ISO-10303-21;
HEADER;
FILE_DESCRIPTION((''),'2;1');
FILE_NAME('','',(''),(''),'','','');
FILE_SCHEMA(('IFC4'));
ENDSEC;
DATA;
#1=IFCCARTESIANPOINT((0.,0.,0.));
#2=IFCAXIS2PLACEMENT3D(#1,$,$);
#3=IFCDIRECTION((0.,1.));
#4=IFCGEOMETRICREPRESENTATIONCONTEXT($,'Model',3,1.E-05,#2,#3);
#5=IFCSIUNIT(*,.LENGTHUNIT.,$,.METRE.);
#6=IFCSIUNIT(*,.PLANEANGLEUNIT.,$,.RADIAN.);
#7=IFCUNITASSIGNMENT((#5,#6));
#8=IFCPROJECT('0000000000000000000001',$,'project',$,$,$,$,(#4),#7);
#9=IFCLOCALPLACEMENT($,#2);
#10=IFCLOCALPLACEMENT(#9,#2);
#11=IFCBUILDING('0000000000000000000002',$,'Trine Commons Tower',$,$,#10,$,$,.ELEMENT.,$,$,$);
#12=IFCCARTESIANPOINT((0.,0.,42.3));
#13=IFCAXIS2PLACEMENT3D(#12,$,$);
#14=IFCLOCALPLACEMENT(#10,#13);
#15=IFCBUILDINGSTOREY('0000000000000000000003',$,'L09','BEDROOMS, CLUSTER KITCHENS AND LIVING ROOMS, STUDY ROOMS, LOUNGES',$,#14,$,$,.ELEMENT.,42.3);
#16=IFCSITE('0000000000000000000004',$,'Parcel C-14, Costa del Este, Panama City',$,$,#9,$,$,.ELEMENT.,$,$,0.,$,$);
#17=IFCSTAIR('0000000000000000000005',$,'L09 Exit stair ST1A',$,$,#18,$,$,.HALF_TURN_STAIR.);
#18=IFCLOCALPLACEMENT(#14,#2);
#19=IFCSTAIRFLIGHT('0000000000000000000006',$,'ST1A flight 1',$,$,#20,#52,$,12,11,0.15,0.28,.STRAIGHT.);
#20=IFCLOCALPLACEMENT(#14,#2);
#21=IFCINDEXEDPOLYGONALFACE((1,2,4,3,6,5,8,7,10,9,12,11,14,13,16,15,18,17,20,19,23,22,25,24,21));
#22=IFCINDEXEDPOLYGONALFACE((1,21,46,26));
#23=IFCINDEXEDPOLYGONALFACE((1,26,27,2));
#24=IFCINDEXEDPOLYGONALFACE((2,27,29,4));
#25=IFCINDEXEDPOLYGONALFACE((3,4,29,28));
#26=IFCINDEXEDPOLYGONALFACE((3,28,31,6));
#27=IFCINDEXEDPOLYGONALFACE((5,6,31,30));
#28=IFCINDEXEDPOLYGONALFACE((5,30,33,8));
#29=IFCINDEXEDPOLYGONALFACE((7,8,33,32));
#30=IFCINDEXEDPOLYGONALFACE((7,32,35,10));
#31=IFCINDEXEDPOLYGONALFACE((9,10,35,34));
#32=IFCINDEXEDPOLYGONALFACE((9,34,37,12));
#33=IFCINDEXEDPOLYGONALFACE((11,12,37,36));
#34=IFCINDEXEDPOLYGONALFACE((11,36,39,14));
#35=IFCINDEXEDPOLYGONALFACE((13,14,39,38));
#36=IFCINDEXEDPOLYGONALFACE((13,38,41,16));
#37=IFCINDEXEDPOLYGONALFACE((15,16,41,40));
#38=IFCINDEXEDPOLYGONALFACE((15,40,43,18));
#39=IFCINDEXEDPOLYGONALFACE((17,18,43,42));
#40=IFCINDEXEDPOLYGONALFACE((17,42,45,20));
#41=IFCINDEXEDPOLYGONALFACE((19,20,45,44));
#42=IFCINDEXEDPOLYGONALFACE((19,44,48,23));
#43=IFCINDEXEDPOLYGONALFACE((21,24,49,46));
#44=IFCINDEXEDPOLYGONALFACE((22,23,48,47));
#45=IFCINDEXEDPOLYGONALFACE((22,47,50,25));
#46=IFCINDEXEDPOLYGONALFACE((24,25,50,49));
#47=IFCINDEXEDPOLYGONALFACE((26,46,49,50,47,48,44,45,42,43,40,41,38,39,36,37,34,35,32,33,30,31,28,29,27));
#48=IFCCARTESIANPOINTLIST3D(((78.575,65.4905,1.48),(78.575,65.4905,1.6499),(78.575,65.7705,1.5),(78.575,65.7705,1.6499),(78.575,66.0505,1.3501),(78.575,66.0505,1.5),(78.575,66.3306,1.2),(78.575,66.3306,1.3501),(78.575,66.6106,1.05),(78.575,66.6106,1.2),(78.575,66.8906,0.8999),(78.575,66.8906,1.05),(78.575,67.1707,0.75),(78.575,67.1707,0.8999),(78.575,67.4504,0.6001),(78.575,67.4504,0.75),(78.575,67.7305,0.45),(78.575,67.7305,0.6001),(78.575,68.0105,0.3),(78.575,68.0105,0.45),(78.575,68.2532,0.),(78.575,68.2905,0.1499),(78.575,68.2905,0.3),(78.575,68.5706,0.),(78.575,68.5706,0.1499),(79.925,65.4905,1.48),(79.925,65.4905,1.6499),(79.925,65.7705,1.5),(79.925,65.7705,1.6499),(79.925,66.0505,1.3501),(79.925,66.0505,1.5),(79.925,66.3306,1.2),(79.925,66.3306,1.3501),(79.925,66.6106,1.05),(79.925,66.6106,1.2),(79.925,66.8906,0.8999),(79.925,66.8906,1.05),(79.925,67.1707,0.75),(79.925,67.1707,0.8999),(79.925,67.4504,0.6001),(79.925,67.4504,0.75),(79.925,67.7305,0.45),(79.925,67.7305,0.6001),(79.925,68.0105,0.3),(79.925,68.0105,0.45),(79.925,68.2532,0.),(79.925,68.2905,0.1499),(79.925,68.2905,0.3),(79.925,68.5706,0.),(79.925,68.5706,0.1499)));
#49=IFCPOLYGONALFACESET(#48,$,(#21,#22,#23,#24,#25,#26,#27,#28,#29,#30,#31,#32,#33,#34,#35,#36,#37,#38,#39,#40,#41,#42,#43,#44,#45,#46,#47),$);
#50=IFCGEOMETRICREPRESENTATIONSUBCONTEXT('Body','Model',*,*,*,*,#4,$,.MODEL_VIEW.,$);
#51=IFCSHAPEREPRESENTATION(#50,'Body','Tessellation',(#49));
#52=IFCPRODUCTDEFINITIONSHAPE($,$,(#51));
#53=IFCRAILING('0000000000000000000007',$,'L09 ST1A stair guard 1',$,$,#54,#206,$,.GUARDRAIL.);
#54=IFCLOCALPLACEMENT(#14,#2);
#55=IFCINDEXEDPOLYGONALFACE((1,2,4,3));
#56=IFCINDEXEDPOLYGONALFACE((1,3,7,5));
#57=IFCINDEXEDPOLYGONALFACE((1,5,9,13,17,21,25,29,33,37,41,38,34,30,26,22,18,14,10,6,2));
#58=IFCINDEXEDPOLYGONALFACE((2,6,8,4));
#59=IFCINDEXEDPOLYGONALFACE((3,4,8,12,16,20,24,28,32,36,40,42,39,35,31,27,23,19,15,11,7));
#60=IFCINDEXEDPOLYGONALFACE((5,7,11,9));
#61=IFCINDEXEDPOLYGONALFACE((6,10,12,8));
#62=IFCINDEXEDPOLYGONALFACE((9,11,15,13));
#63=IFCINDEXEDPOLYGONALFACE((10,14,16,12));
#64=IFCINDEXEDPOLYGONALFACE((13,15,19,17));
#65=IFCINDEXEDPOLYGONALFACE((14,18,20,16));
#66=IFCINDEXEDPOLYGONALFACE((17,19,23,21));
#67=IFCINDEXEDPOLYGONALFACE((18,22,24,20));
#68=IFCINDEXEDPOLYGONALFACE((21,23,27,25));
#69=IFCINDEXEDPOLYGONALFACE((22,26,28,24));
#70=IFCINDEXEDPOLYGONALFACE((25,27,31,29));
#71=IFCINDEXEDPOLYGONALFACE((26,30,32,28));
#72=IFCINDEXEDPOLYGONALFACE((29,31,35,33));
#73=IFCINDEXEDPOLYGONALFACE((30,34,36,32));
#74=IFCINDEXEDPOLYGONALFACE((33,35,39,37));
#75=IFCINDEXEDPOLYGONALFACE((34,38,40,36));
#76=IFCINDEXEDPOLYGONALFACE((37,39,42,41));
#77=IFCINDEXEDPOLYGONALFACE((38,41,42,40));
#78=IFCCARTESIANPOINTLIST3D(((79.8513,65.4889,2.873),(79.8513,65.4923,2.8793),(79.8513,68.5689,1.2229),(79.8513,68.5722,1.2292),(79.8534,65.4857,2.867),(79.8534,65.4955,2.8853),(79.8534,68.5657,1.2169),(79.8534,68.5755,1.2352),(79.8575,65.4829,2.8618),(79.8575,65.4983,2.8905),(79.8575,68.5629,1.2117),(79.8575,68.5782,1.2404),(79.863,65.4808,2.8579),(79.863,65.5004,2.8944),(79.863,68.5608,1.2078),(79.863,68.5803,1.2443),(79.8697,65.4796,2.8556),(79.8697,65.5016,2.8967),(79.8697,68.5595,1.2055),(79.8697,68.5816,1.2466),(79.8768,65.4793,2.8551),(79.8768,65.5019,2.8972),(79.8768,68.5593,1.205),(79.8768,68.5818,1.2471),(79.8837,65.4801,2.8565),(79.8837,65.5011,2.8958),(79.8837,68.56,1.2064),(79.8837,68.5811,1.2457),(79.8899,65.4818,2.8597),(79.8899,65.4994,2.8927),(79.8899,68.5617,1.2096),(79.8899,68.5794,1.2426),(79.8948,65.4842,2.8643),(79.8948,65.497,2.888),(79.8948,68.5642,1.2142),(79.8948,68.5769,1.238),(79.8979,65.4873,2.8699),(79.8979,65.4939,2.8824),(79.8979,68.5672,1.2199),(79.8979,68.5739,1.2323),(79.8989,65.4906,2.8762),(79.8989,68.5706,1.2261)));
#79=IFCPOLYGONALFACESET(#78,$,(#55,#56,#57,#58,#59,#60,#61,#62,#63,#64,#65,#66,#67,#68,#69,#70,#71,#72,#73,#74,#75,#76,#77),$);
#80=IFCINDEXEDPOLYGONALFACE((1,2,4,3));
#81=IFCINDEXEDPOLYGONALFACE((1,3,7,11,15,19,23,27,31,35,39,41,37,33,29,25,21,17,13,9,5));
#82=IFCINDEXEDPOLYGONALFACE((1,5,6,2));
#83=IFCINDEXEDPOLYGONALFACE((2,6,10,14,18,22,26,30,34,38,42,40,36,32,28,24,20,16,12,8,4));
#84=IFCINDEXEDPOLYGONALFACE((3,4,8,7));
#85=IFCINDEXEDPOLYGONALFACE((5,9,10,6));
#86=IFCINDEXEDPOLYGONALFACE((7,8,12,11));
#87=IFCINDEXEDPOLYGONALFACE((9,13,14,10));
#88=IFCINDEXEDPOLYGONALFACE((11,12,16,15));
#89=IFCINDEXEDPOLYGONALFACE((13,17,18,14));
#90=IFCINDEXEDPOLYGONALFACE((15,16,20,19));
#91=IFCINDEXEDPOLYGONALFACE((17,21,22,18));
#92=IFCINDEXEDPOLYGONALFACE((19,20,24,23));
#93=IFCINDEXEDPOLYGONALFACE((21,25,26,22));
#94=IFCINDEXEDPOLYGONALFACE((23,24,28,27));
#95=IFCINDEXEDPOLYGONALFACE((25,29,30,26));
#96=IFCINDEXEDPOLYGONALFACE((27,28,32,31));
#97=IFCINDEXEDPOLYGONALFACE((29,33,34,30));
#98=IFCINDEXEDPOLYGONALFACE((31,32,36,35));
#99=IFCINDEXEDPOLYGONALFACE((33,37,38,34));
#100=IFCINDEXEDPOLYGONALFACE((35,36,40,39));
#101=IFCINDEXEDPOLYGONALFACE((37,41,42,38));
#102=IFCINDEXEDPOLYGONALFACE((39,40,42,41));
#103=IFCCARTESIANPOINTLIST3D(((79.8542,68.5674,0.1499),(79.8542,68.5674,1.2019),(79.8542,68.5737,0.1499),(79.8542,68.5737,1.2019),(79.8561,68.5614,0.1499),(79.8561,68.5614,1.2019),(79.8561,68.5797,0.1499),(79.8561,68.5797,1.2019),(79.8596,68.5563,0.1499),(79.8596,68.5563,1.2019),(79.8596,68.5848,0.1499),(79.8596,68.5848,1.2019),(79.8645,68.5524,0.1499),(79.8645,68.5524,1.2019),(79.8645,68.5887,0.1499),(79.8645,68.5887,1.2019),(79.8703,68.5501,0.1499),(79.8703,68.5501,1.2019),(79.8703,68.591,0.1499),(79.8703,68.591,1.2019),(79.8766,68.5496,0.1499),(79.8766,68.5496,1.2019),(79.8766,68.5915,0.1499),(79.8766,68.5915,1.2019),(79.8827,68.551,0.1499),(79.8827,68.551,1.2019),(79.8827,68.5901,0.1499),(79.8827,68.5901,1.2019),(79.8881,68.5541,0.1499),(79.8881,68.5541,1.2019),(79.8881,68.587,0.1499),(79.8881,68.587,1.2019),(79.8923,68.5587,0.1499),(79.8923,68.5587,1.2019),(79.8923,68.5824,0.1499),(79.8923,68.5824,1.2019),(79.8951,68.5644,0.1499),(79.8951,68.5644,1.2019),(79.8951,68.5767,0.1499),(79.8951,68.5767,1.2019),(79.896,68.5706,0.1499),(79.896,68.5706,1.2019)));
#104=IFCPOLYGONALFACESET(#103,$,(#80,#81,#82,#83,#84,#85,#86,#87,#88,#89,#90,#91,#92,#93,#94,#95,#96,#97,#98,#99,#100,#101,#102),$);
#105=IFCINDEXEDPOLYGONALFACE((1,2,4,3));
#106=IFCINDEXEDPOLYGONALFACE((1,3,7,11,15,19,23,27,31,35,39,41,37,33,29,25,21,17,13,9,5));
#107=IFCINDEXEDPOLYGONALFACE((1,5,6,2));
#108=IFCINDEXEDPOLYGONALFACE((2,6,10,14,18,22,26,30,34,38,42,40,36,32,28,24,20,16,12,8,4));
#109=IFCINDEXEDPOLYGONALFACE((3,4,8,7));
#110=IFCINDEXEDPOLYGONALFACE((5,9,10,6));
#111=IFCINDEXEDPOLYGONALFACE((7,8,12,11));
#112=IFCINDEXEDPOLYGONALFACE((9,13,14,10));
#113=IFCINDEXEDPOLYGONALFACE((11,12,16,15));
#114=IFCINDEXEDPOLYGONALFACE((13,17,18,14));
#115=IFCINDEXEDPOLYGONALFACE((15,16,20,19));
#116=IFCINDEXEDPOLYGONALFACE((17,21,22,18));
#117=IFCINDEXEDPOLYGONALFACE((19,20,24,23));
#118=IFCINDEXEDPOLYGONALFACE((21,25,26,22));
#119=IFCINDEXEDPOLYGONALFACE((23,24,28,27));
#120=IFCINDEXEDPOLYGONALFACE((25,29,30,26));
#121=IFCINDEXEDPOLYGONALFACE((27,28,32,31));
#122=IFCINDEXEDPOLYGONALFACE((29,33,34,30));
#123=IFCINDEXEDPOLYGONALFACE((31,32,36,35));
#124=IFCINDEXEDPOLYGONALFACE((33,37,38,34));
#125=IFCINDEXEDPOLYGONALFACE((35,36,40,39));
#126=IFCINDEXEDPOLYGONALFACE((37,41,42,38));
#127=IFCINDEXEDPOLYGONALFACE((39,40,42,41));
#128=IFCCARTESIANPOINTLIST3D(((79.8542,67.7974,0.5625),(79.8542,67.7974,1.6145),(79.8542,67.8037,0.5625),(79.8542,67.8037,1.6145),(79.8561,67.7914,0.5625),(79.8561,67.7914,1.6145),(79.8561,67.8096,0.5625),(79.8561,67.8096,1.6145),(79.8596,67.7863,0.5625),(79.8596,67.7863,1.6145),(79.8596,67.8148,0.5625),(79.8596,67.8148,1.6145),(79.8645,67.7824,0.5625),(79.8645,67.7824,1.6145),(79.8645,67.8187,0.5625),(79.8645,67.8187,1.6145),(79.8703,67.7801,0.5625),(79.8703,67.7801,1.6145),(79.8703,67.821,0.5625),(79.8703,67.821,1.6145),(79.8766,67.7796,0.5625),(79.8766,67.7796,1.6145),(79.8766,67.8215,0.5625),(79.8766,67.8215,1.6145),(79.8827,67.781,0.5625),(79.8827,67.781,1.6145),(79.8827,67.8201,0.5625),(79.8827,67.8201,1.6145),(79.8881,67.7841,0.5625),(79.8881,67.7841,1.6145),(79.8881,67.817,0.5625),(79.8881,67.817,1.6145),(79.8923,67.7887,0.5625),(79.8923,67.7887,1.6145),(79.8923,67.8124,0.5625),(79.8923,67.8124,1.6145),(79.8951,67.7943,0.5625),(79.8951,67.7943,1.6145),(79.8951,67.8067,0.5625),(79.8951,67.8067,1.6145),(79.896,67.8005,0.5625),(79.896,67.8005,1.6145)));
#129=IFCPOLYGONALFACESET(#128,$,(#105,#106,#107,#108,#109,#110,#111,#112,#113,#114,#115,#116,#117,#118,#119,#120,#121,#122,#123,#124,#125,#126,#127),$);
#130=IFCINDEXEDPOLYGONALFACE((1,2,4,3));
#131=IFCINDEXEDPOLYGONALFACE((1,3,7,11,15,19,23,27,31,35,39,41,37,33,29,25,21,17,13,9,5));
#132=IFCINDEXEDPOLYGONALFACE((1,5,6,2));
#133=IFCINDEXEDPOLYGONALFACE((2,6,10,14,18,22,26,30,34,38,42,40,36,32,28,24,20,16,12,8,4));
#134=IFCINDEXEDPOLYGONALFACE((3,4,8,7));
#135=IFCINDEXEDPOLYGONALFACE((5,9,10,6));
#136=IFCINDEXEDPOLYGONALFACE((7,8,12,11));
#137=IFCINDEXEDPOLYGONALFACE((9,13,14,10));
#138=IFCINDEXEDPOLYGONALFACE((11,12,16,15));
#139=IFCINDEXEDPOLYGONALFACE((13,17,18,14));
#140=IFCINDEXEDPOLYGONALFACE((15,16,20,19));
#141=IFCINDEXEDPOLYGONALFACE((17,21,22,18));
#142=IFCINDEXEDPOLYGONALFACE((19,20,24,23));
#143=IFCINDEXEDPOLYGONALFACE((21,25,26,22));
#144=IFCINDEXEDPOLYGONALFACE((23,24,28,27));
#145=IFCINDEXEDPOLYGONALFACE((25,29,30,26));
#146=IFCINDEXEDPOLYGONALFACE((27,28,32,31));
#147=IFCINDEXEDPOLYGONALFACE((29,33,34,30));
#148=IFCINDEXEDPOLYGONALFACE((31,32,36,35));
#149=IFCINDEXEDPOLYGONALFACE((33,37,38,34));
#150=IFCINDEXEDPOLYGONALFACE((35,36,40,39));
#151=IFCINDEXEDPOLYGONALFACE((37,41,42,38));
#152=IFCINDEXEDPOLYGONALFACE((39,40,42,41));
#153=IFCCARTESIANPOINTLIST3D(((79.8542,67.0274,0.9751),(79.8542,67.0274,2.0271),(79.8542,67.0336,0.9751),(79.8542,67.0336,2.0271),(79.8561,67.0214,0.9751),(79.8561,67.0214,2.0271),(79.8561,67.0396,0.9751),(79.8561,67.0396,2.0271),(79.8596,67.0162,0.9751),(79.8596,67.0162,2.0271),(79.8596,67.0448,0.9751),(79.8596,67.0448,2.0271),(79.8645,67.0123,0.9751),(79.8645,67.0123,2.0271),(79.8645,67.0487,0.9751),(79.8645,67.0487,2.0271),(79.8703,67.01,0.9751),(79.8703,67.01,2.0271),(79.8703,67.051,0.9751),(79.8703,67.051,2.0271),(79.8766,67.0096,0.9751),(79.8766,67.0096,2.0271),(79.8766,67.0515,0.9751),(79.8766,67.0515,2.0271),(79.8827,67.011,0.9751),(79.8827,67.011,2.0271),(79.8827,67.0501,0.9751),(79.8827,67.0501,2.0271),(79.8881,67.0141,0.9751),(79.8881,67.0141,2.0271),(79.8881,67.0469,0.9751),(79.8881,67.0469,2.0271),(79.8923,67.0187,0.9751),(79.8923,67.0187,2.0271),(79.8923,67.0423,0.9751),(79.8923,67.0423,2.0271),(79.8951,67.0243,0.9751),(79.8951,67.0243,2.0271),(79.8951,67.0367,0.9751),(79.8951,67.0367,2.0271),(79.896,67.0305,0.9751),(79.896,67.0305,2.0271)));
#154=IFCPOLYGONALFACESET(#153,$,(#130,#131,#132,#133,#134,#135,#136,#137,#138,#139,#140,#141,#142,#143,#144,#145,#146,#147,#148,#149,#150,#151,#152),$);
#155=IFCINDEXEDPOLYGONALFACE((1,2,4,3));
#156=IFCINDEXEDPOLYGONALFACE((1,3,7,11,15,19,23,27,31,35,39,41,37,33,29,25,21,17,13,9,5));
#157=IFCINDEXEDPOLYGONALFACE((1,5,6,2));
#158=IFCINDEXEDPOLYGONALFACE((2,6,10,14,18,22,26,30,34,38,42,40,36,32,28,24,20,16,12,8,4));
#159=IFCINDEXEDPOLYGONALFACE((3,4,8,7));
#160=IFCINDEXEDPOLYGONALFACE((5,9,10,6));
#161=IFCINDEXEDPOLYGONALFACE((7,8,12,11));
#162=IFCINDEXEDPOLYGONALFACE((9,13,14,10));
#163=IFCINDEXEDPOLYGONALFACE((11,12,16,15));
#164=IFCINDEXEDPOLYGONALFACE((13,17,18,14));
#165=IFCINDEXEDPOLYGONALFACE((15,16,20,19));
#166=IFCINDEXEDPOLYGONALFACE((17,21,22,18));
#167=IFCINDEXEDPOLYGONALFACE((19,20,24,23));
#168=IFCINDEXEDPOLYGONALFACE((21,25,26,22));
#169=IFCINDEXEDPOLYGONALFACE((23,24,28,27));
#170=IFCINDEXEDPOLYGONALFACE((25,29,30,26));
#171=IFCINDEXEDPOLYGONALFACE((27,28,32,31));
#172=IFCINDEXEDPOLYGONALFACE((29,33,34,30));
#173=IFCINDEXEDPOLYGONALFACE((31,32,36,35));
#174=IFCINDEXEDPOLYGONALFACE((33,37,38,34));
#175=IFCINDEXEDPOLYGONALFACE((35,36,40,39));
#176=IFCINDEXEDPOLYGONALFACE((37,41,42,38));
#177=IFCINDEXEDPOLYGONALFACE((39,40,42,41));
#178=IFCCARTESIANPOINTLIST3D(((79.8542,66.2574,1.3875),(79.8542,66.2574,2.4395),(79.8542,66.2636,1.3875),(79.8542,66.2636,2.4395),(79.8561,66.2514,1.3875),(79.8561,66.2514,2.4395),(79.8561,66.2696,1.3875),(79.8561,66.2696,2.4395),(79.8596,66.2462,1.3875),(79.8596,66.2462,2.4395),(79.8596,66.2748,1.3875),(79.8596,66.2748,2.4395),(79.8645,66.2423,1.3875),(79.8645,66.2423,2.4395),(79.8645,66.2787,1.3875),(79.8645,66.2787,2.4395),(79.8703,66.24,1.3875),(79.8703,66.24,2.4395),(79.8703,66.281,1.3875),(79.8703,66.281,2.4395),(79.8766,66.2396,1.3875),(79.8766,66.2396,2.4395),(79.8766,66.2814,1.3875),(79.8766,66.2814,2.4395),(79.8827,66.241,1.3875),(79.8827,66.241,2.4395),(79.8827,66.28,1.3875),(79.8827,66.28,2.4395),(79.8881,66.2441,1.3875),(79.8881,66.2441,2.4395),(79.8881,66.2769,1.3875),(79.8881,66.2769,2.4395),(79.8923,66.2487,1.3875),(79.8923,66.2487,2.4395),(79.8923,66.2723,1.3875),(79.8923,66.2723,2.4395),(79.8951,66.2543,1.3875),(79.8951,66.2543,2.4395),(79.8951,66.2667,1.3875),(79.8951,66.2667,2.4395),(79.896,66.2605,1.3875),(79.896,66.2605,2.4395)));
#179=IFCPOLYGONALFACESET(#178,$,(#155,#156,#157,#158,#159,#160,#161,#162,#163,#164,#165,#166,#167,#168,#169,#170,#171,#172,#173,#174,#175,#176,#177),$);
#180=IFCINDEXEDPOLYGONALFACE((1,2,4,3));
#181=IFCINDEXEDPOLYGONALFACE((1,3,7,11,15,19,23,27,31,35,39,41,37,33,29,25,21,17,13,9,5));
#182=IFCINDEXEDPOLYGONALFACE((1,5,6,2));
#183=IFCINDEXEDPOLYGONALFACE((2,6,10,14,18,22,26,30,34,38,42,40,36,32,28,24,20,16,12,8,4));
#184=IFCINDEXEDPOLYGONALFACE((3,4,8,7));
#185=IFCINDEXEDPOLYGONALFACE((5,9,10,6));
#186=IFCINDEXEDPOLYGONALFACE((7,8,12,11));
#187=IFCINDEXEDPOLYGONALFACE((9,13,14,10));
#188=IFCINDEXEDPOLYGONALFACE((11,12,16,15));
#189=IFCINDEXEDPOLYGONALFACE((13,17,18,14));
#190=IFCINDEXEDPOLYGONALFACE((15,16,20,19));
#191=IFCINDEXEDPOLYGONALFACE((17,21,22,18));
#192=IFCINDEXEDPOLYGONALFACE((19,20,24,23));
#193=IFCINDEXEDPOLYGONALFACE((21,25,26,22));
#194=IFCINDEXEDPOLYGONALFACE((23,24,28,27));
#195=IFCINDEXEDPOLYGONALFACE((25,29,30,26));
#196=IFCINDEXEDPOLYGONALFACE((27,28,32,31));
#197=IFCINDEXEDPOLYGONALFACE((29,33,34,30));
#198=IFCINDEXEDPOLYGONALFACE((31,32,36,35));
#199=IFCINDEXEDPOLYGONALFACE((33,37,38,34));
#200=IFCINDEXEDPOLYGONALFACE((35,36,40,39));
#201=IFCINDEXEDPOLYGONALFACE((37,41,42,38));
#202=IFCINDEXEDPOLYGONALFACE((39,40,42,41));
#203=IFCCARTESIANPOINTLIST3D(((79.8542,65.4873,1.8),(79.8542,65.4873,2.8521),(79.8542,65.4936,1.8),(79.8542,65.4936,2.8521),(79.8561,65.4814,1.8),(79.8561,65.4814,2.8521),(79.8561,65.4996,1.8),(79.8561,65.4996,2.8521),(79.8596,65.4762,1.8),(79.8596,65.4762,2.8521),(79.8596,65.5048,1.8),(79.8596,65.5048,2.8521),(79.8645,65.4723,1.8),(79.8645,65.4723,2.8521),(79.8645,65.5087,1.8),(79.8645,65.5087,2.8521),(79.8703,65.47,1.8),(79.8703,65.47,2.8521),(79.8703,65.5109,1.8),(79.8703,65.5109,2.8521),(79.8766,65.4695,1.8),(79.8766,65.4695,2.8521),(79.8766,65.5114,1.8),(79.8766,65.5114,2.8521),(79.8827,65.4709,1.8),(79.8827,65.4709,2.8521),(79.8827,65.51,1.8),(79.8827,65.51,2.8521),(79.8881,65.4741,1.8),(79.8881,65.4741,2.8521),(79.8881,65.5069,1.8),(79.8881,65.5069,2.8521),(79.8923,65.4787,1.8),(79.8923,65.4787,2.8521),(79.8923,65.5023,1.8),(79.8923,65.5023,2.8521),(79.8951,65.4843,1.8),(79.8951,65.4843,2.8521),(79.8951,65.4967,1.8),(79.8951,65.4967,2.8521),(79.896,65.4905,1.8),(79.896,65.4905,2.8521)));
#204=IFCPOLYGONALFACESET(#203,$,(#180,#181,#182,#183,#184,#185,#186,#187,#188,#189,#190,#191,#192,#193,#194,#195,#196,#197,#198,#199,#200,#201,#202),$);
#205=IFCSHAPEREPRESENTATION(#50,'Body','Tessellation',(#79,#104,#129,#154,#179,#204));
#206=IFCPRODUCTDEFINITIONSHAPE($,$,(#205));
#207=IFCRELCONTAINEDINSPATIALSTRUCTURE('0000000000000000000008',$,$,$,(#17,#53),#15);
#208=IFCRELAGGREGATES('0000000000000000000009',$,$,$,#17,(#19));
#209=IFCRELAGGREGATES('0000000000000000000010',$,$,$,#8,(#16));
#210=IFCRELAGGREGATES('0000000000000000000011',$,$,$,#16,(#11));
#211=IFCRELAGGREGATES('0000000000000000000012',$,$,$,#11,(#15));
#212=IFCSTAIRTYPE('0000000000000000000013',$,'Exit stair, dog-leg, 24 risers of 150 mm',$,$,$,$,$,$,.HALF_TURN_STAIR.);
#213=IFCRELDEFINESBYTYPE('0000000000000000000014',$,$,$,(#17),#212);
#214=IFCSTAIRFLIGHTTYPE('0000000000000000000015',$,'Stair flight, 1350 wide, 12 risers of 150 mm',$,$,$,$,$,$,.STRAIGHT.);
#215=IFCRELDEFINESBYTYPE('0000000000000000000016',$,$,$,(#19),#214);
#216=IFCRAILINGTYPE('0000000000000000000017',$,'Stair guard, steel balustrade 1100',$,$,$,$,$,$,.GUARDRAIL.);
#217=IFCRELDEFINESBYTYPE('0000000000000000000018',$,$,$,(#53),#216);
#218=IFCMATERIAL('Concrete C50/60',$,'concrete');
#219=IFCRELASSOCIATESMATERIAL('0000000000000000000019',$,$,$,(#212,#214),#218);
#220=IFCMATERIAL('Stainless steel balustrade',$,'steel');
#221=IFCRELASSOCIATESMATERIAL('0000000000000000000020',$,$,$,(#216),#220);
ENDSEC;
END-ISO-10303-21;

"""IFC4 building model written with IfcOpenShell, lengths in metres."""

from ifc_helpers import new_model, si_unit, direction, frame, origin, origin_2d, place, context, subcontext, project, spatial, polyline, circle, outline, extrude, material, type_object, element, aggregate, save


model = new_model("IFC4")

# Units and contexts
model_context = context("Model", 3, precision=1e-05, world=origin(), true_north=direction((0.0, 1.0)))
body_context = subcontext(model_context, "Body", "Model", "MODEL_VIEW")
ifc_project = project(units=[si_unit("LENGTHUNIT", "METRE"), si_unit("PLANEANGLEUNIT", "RADIAN")], contexts=[model_context])

# Site, building, storey
site_placement = place(None, origin())
site = spatial("IfcSite", under=ifc_project, at=site_placement, Name="Parcel C-14, Costa del Este, Panama City", CompositionType="ELEMENT", RefElevation=0.0)
building_placement = place(site_placement, origin())
building = spatial("IfcBuilding", under=site, at=building_placement, Name="Trine Commons Tower", CompositionType="ELEMENT")
storey_placement = place(building_placement, frame((0.0, 0.0, 42.3)))
storey = spatial("IfcBuildingStorey", under=building, at=storey_placement, Name="L09", Description="BEDROOMS, CLUSTER KITCHENS AND LIVING ROOMS, STUDY ROOMS, LOUNGES", CompositionType="ELEMENT", Elevation=42.3)

# Shared definitions
ifc_material_1 = material(Name="Concrete C50/60", Category="concrete")

# Stair, stair flight
stair_type = type_object("IfcStairType", Name="Exit stair, dog-leg, 24 risers of 150 mm", PredefinedType="HALF_TURN_STAIR", material=ifc_material_1)
stair_placement = place(storey_placement, origin())
stair = element("IfcStair", 1, at=stair_placement, inside=storey, type_object=stair_type, Name="L09 Exit stair ST1A", PredefinedType="HALF_TURN_STAIR")
stair_flight_type = type_object("IfcStairFlightType", Name="Stair flight, 1350 wide, 12 risers of 150 mm", PredefinedType="STRAIGHT", material=ifc_material_1)
stair_flight_placement = place(storey_placement, frame((79.25, 68.5706, 0.0), z_axis=(0.0, 0.0, 1.0), x_axis=(0.0, -1.0, 0.0)))
stair_flight = element("IfcStairFlight", 2, at=stair_flight_placement, type_object=stair_flight_type, Name="ST1A flight 1", NumberOfRisers=12, NumberOfTreads=11, PredefinedType="STRAIGHT", RiserHeight=0.15, TreadLength=0.28, context=body_context, shape_type="SweptSolid", body=[
    extrude(outline(polyline([(0.0, 0.0), (0.0, 0.1499), (0.28, 0.1499), (0.28, 0.3), (0.5601, 0.3), (0.5601, 0.45), (0.8401, 0.45), (0.8401, 0.6001), (1.1201, 0.6001), (1.1201, 0.75), (1.3999, 0.75), (1.3999, 0.8999), (1.6799, 0.8999), (1.6799, 1.05), (1.96, 1.05), (1.96, 1.2), (2.24, 1.2), (2.24, 1.3501), (2.52, 1.3501), (2.52, 1.5), (2.8, 1.5), (2.8, 1.6499), (3.0801, 1.6499), (3.0801, 1.8), (3.0801, 1.48), (0.3174, 0.0), (0.0, 0.0)])), frame((0.0, 0.675, 0.0), z_axis=(0.0, -1.0, 0.0), x_axis=(1.0, 0.0, 0.0)), (0.0, 0.0, 1.0), 1.3501),
])
aggregate(stair, [stair_flight])

# Railing
ifc_material_2 = material(Name="Stainless steel balustrade", Category="steel")
railing_type_1 = type_object("IfcRailingType", Name="Stair guard, steel balustrade 1100", PredefinedType="GUARDRAIL", material=ifc_material_2)
railing_1_placement = place(storey_placement, frame((79.875, 68.5706, 0.1499)))
element("IfcRailing", 3, at=railing_1_placement, inside=storey, type_object=railing_type_1, Name="L09 ST1A stair guard 1", PredefinedType="GUARDRAIL", context=body_context, shape_type="SweptSolid", body=[
    extrude(circle(Radius=0.0239, at=origin_2d()), frame((0.0, 0.0, 1.0762), z_axis=(0.0, -0.881468, 0.472245), x_axis=(1.0, 0.0, 0.0)), (0.0, 0.0, 1.0), 3.4941),
    extrude(circle(Radius=0.021, at=origin_2d()), origin(), (0.0, 0.0, 1.0), 1.052),
    extrude(circle(Radius=0.021, at=origin_2d()), frame((0.0, -0.77, 0.4126)), (0.0, 0.0, 1.0), 1.052),
    extrude(circle(Radius=0.021, at=origin_2d()), frame((0.0, -1.54, 0.8252)), (0.0, 0.0, 1.0), 1.052),
    extrude(circle(Radius=0.021, at=origin_2d()), frame((0.0, -2.3101, 1.2375)), (0.0, 0.0, 1.0), 1.052),
    extrude(circle(Radius=0.021, at=origin_2d()), frame((0.0, -3.0801, 1.6501)), (0.0, 0.0, 1.0), 1.052),
])

save(model, "model.ifc")
